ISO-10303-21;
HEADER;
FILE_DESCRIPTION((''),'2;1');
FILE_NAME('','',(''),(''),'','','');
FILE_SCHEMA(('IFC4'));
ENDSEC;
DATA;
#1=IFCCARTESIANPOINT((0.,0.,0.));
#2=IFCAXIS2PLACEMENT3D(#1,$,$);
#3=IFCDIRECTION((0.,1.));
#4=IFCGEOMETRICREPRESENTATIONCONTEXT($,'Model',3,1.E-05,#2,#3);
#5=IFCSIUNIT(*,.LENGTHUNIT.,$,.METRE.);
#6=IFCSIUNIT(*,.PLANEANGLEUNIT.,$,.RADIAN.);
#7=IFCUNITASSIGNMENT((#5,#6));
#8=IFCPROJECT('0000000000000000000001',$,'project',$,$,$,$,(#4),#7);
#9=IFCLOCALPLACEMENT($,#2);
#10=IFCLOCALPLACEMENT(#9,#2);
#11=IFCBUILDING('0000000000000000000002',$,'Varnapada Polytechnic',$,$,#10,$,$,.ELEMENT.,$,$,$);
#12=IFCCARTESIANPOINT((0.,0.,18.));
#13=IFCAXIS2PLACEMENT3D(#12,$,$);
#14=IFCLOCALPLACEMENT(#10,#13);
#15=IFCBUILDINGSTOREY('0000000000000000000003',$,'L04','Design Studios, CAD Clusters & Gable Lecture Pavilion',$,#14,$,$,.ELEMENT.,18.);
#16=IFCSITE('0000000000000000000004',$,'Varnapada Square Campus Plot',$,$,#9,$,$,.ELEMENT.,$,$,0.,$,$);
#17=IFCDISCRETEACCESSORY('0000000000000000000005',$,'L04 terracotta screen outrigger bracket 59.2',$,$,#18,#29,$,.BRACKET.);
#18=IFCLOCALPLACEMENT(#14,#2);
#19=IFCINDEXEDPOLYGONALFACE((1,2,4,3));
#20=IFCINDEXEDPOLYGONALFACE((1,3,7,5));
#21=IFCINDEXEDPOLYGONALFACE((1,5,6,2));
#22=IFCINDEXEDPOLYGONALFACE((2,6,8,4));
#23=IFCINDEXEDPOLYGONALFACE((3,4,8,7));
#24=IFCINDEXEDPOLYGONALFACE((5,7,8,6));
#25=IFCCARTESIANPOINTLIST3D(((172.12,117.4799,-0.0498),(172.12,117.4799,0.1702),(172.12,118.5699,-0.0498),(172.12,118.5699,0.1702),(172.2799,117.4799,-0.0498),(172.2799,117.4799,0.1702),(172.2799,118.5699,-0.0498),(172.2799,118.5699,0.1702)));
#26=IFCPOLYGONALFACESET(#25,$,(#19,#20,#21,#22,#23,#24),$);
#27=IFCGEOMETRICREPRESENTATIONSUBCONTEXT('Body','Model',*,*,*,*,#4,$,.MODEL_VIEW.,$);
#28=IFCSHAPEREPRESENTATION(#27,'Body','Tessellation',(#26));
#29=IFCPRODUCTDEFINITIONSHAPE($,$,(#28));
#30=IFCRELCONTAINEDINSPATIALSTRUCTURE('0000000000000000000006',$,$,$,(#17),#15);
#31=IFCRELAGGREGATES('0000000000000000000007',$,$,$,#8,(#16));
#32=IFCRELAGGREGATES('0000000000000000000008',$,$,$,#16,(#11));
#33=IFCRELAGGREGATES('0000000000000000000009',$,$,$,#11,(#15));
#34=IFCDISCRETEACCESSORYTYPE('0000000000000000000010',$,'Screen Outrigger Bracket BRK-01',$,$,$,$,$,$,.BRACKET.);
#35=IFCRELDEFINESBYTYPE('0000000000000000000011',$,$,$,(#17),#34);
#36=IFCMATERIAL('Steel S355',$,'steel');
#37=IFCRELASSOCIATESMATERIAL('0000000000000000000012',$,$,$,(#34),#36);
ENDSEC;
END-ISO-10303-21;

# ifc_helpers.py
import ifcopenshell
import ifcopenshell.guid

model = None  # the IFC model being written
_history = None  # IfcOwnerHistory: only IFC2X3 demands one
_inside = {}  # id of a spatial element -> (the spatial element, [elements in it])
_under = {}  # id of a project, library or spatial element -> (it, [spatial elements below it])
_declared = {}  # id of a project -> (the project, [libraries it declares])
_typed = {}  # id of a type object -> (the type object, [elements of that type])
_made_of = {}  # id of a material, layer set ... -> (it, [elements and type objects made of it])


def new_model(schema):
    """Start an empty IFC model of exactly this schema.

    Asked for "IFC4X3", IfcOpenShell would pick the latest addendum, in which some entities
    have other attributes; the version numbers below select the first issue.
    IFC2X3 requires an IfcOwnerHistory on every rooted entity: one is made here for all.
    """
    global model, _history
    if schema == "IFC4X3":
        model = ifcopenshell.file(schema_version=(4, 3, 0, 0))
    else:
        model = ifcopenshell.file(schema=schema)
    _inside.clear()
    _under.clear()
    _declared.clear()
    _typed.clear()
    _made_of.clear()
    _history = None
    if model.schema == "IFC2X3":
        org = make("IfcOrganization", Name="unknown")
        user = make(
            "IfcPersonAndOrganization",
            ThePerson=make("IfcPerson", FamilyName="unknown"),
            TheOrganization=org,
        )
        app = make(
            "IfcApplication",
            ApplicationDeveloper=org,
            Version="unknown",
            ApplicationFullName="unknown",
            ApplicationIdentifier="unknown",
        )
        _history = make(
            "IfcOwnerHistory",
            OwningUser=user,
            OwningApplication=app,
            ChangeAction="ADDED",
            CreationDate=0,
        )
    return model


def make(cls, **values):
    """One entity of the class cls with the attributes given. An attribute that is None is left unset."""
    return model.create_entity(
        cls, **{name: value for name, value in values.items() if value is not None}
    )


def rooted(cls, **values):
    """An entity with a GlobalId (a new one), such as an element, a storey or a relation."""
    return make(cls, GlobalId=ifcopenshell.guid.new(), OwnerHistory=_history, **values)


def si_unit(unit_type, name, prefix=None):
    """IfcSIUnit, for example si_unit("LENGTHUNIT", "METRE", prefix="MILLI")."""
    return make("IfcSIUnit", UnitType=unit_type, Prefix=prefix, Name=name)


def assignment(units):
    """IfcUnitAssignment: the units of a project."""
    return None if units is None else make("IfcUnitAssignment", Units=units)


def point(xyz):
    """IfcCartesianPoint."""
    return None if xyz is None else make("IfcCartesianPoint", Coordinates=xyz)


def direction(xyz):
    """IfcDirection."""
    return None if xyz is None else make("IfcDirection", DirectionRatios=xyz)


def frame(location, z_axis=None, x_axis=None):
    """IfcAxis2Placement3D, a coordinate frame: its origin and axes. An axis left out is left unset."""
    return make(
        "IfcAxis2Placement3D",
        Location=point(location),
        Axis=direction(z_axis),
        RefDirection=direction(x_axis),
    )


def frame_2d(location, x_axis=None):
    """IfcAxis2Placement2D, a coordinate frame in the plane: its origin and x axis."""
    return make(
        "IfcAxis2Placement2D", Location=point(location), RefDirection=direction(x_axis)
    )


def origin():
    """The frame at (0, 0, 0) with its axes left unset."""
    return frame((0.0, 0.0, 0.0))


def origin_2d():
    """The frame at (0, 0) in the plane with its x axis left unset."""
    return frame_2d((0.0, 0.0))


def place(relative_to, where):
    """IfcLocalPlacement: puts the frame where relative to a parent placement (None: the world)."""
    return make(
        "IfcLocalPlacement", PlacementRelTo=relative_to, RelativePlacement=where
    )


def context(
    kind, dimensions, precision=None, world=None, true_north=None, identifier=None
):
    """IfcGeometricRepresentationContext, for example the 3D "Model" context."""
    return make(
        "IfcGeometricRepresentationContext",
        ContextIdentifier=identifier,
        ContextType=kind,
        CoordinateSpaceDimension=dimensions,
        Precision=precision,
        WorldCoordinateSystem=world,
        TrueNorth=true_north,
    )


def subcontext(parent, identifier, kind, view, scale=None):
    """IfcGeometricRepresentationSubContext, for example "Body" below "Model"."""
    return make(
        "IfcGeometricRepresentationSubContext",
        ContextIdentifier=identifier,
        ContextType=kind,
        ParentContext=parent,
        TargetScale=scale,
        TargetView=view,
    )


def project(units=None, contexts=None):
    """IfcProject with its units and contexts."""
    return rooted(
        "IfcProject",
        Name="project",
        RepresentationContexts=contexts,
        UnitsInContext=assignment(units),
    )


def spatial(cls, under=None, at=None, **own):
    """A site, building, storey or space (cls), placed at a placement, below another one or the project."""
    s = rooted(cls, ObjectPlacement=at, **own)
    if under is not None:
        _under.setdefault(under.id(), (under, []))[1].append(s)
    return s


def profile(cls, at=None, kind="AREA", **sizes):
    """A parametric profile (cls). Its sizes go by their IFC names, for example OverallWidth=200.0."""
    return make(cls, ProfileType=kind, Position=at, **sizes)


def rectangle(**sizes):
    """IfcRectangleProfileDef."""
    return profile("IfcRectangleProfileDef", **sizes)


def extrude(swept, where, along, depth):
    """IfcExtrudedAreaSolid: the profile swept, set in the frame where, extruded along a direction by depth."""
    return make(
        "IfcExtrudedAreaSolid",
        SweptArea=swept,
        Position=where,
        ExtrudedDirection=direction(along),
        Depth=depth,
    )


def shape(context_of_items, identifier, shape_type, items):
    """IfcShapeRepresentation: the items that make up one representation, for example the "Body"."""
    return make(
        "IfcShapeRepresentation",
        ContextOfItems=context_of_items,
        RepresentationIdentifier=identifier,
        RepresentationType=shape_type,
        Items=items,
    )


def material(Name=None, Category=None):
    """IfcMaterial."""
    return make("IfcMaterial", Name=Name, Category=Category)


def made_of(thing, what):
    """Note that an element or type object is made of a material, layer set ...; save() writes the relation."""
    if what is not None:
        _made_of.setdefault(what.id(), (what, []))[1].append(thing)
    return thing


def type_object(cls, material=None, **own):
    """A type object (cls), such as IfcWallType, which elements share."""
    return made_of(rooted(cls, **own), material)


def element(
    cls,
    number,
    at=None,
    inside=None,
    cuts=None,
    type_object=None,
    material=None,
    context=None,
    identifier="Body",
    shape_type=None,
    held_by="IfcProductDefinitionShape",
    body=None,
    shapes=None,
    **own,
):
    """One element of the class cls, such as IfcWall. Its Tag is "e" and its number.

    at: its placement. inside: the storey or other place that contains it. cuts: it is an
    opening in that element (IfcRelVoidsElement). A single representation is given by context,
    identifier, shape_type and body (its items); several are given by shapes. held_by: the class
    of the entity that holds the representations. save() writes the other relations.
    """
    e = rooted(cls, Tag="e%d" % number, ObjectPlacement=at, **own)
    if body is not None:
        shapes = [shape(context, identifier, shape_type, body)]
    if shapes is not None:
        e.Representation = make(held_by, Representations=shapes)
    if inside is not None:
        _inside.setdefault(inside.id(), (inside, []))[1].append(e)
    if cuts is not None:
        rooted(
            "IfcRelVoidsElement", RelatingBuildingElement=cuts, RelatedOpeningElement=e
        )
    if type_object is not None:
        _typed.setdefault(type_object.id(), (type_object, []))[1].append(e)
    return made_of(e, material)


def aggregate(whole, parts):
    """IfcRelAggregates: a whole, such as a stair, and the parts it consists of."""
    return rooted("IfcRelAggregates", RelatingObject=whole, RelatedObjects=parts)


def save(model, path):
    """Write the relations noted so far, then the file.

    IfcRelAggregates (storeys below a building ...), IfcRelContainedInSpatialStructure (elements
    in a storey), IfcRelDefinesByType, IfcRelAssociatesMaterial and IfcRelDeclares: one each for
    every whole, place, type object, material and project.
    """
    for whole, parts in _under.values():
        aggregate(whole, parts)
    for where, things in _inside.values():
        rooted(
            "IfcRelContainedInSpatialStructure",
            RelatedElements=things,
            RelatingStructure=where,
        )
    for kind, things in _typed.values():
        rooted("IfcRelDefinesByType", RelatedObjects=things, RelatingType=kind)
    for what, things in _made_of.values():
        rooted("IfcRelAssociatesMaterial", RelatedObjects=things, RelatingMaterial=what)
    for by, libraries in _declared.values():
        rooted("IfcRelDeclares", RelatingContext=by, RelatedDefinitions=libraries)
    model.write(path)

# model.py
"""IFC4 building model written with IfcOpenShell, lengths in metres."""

from ifc_helpers import new_model, si_unit, direction, frame, origin, origin_2d, place, context, subcontext, project, spatial, rectangle, extrude, material, type_object, element, save


model = new_model("IFC4")

# Units and contexts
model_context = context("Model", 3, precision=1e-05, world=origin(), true_north=direction((0.0, 1.0)))
body_context = subcontext(model_context, "Body", "Model", "MODEL_VIEW")
ifc_project = project(units=[si_unit("LENGTHUNIT", "METRE"), si_unit("PLANEANGLEUNIT", "RADIAN")], contexts=[model_context])

# Site, building, storey
site_placement = place(None, origin())
site = spatial("IfcSite", under=ifc_project, at=site_placement, Name="Varnapada Square Campus Plot", CompositionType="ELEMENT", RefElevation=0.0)
building_placement = place(site_placement, origin())
building = spatial("IfcBuilding", under=site, at=building_placement, Name="Varnapada Polytechnic", CompositionType="ELEMENT")
storey_placement = place(building_placement, frame((0.0, 0.0, 18.0)))
storey = spatial("IfcBuildingStorey", under=building, at=storey_placement, Name="L04", Description="Design Studios, CAD Clusters & Gable Lecture Pavilion", CompositionType="ELEMENT", Elevation=18.0)

# Discrete accessory
ifc_material_1 = material(Name="Steel S355", Category="steel")
discrete_accessory_type = type_object("IfcDiscreteAccessoryType", Name="Screen Outrigger Bracket BRK-01", PredefinedType="BRACKET", material=ifc_material_1)
for number, where, z_axis, x_axis, name in (
    (1, (172.2, 118.0249, -0.0498), (0.0, 0.0, 1.0), (1.0, 0.0, 0.0), "L04 terracotta screen outrigger bracket 59.2"),
):
    element("IfcDiscreteAccessory", number, at=place(storey_placement, frame(where, z_axis=z_axis, x_axis=x_axis)), inside=storey, type_object=discrete_accessory_type, Name=name, PredefinedType="BRACKET", context=body_context, shape_type="SweptSolid", body=[
        extrude(rectangle(XDim=0.1599, YDim=1.0901, at=origin_2d()), origin(), (0.0, 0.0, 1.0), 0.22),
    ])

save(model, "model.ifc")
